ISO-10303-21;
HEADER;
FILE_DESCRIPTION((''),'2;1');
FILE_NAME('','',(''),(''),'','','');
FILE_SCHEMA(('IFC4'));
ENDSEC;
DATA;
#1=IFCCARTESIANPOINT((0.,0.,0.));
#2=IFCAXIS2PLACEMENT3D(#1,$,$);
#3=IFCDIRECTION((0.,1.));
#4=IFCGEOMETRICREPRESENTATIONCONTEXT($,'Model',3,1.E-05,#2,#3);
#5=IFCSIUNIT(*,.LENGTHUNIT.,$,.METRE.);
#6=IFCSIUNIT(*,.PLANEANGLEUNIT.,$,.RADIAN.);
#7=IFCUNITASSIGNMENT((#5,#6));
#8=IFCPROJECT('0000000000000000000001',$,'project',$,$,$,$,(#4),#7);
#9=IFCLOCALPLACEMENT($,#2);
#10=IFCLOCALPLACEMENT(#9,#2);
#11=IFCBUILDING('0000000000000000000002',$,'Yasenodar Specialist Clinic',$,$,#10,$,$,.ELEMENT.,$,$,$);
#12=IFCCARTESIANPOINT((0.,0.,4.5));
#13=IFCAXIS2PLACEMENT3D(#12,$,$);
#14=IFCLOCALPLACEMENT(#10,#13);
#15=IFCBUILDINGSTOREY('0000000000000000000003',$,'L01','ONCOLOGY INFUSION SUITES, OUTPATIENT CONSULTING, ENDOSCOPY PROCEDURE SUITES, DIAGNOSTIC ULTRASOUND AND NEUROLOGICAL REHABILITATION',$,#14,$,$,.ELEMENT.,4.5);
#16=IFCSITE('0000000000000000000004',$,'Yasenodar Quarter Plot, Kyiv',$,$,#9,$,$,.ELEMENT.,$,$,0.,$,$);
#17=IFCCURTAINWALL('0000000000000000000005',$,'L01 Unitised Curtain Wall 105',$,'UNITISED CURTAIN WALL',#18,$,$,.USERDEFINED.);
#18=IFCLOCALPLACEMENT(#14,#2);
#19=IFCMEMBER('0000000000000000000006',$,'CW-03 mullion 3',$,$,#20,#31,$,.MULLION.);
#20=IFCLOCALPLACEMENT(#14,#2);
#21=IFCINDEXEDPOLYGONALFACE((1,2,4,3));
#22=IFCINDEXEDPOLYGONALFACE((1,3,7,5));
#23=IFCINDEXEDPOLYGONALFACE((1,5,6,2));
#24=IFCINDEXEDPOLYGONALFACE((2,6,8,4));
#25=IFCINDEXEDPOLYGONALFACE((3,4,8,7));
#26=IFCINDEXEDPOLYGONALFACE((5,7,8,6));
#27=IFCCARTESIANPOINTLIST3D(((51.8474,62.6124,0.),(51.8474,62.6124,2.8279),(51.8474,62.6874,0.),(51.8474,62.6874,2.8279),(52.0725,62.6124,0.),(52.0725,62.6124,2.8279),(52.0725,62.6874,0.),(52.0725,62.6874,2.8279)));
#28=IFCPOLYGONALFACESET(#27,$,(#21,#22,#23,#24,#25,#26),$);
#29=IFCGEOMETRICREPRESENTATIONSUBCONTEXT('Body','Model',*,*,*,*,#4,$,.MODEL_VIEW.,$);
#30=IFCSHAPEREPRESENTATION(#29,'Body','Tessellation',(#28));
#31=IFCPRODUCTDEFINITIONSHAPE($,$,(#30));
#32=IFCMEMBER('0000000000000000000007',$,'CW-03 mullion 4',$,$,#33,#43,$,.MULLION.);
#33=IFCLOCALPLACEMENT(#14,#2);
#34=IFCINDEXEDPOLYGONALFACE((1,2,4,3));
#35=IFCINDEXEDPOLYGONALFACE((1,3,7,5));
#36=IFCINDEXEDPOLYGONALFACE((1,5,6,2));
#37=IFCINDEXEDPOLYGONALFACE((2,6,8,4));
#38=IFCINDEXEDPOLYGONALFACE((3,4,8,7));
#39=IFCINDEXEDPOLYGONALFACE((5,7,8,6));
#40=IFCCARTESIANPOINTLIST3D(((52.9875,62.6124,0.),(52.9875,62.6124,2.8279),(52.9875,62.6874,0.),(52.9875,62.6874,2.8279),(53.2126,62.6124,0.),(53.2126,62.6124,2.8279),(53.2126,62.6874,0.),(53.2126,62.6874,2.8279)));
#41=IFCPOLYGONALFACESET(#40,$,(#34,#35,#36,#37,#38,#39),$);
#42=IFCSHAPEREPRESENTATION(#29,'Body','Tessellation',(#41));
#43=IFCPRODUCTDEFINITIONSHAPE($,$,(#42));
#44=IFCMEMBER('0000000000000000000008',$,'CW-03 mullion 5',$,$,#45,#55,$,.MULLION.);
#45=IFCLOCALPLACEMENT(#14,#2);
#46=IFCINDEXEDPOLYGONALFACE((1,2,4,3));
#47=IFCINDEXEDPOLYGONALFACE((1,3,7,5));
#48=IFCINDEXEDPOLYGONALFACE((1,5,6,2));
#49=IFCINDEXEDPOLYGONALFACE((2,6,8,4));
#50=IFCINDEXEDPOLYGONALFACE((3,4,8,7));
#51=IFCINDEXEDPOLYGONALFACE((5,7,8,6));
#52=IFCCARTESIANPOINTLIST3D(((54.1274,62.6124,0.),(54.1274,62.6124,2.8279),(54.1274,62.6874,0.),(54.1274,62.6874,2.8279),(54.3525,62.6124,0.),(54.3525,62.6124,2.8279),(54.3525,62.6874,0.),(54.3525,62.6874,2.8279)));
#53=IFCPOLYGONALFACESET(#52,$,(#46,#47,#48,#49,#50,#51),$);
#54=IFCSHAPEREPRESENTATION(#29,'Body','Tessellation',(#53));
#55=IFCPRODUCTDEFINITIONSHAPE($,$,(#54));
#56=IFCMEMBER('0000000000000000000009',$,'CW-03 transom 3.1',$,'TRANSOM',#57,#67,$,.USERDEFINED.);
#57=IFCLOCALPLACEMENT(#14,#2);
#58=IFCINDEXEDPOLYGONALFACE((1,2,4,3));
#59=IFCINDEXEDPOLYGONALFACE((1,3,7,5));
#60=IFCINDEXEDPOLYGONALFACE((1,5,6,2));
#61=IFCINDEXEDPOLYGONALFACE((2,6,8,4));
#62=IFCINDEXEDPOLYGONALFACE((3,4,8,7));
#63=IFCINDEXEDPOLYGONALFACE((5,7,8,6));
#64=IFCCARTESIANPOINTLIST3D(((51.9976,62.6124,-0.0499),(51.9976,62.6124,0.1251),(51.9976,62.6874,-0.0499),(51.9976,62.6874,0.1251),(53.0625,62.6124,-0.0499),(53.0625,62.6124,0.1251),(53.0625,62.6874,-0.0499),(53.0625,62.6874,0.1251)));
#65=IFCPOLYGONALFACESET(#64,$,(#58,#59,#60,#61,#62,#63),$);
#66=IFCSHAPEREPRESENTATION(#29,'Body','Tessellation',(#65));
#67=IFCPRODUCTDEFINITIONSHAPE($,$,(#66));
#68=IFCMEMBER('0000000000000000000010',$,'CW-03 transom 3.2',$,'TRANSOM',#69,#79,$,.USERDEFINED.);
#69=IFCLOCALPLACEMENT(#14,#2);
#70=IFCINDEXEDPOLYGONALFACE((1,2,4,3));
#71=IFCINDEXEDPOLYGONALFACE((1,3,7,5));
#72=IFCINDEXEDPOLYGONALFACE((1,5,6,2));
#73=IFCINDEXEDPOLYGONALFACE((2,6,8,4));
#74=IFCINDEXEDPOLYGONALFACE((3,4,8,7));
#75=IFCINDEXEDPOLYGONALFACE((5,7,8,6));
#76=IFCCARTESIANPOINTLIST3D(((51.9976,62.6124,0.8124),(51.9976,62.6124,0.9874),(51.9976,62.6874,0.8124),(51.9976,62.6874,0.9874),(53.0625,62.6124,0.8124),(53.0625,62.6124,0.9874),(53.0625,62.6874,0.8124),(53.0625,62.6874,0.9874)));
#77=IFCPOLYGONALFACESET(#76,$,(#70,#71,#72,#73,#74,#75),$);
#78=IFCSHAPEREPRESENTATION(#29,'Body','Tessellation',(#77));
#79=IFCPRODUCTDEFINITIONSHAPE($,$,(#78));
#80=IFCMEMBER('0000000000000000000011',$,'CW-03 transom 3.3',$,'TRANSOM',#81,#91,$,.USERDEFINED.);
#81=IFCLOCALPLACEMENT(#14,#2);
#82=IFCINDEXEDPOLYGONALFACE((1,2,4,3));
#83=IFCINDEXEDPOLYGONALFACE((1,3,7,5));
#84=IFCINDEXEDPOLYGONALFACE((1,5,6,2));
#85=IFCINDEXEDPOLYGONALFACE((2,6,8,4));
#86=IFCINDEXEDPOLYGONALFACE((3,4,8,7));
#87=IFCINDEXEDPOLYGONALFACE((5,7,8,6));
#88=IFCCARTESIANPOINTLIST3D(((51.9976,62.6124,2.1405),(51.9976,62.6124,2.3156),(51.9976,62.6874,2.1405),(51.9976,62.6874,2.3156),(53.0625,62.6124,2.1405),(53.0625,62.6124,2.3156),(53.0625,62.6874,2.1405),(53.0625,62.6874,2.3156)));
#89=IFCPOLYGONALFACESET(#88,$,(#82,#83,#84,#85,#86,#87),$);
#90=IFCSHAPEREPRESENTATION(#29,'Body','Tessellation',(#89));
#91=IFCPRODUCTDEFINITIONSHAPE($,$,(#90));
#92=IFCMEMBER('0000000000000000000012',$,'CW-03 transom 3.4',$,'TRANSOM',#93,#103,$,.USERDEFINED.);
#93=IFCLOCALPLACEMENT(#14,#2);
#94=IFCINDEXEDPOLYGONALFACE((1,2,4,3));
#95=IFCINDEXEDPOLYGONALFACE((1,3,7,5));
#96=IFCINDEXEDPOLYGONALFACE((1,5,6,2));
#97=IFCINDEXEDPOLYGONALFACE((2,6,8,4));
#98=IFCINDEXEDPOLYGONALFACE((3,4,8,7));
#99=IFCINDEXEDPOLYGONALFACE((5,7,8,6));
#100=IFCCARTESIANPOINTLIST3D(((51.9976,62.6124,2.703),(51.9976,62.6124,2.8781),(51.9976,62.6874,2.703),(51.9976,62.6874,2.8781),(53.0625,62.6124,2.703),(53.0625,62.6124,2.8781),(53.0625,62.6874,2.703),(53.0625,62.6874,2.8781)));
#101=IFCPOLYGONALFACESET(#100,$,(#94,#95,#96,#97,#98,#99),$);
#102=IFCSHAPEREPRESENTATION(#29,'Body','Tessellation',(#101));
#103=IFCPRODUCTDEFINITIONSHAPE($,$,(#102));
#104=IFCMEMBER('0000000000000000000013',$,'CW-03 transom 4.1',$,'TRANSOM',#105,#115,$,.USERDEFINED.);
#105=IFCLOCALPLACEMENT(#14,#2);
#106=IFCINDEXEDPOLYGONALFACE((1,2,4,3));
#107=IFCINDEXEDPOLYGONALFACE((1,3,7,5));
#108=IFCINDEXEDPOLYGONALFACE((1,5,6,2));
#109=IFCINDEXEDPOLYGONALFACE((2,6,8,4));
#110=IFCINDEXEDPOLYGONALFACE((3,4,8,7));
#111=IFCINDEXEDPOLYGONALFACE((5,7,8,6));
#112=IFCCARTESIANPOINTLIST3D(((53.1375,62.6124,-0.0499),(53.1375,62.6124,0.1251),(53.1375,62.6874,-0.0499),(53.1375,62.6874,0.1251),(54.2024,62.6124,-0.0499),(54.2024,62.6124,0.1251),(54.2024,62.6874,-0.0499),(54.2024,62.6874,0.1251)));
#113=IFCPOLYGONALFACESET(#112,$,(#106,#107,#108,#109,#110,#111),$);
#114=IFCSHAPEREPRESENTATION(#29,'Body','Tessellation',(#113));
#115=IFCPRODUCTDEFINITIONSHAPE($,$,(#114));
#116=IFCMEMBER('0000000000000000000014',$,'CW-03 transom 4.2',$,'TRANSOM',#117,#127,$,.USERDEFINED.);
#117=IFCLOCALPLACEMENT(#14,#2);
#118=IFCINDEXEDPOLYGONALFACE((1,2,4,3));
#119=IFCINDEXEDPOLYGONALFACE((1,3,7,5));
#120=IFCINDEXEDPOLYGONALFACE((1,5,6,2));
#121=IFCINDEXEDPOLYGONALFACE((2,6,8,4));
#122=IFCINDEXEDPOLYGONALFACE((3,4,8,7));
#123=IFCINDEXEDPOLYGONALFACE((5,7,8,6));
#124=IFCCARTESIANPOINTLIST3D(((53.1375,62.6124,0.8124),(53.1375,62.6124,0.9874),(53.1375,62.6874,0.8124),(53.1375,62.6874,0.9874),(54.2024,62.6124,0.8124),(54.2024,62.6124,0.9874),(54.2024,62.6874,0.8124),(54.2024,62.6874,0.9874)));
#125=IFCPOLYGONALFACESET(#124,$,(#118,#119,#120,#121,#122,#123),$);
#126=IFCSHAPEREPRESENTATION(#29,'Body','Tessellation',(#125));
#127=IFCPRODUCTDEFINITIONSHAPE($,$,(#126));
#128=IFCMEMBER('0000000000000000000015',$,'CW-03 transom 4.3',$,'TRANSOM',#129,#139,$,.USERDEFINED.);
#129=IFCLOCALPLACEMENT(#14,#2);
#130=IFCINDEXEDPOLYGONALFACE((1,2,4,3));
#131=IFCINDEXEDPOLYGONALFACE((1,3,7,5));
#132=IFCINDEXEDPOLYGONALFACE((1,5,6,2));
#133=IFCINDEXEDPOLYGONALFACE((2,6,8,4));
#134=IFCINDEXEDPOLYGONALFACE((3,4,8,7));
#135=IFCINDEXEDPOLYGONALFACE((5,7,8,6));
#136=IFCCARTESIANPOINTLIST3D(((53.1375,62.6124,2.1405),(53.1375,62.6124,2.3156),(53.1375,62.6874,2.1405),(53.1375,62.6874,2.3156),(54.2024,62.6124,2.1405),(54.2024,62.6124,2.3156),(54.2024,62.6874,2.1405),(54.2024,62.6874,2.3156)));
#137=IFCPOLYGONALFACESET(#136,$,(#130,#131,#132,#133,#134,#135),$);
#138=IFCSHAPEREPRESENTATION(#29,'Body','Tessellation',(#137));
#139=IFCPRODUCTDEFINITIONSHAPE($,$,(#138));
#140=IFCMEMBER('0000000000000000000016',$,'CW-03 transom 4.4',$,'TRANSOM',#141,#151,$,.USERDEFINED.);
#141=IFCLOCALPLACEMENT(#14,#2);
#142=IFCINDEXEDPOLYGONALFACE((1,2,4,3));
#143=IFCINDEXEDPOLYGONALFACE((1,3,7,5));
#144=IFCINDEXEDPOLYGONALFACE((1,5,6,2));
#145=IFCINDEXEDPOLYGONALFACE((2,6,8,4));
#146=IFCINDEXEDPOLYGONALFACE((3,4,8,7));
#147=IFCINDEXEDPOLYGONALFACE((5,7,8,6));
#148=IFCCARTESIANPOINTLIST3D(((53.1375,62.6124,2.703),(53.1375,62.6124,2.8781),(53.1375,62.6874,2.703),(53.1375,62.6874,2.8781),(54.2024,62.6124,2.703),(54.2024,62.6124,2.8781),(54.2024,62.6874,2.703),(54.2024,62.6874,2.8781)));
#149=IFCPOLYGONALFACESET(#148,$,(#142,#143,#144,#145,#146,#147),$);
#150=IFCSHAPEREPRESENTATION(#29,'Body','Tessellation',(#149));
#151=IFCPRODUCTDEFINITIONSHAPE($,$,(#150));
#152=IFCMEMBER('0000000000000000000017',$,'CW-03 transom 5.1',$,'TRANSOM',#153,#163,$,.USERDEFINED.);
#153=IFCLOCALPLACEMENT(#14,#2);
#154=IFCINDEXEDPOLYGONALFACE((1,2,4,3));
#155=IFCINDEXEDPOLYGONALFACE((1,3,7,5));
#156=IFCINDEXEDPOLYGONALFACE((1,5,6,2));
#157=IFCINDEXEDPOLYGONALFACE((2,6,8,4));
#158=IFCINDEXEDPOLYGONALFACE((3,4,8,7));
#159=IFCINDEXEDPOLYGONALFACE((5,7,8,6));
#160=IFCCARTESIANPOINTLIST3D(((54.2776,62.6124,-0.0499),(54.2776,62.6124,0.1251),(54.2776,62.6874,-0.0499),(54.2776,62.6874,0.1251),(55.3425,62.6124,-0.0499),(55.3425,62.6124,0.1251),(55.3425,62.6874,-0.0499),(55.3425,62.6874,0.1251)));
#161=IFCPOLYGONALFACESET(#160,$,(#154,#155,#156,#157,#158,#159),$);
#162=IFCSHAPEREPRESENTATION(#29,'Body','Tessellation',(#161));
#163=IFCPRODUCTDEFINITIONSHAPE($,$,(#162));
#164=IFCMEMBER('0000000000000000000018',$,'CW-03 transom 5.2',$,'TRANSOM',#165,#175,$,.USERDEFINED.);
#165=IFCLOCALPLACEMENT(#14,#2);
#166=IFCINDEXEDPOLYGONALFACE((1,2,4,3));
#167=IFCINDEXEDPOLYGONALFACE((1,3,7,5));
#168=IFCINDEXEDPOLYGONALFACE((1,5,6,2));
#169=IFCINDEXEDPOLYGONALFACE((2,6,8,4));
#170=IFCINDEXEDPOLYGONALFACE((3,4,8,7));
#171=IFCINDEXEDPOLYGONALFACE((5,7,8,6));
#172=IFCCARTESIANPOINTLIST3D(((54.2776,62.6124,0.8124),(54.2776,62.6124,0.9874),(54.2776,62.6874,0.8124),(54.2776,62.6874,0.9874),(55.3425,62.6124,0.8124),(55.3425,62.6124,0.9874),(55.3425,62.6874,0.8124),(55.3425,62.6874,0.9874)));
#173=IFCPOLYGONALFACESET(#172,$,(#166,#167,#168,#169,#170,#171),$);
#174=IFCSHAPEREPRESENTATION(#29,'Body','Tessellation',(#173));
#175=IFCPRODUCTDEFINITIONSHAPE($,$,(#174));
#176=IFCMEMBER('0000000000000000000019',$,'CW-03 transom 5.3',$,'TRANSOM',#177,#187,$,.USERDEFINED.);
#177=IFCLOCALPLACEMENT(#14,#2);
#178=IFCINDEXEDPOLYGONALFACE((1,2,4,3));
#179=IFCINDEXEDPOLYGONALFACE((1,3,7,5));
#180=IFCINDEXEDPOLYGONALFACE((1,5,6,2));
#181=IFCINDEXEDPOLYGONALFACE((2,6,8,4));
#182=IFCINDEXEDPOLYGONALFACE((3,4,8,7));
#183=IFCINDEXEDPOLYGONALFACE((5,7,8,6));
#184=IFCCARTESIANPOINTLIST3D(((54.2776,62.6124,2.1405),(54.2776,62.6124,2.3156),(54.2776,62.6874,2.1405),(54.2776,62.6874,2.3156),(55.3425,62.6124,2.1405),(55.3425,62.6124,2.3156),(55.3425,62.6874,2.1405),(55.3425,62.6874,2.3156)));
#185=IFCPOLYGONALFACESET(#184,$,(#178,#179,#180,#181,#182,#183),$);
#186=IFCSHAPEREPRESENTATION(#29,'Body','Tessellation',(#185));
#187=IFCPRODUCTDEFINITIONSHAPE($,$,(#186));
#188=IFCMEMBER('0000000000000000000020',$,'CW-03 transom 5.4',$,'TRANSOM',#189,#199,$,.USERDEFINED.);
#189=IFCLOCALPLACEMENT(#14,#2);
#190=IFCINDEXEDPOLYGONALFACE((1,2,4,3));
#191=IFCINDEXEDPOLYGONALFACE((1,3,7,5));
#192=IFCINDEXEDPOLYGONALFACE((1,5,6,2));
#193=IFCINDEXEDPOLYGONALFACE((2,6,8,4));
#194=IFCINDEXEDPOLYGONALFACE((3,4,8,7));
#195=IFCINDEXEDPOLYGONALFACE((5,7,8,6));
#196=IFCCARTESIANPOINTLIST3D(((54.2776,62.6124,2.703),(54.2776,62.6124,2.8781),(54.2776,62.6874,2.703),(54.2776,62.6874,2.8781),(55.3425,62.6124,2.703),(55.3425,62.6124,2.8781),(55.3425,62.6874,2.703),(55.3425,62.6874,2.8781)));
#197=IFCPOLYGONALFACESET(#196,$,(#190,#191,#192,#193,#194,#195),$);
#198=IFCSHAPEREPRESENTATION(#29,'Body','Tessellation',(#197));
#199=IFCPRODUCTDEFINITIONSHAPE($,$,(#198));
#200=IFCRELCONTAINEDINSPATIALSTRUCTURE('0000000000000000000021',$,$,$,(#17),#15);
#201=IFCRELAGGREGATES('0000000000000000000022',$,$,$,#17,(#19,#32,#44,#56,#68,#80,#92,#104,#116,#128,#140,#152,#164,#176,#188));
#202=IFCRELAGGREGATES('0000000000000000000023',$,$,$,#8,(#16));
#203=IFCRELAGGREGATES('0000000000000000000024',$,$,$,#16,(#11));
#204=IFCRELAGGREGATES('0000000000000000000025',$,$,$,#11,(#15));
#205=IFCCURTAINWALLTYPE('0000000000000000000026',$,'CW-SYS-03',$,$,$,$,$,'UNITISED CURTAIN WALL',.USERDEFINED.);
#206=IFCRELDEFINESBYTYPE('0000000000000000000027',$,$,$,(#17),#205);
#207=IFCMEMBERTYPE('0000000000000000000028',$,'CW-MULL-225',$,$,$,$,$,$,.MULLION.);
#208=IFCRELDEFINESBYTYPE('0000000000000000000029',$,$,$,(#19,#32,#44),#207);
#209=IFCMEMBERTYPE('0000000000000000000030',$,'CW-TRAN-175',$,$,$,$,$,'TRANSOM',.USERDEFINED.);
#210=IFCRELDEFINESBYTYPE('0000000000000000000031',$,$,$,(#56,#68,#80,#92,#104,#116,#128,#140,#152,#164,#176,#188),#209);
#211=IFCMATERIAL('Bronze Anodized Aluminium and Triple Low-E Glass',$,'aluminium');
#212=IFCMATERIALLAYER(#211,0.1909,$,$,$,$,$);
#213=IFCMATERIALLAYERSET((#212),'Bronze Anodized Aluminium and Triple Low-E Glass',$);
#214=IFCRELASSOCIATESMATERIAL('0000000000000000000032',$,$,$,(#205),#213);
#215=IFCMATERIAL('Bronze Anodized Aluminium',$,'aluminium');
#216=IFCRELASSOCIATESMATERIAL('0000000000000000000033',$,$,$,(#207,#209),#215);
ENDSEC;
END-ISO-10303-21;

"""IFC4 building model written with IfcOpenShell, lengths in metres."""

from ifc_helpers import new_model, si_unit, direction, frame, origin, origin_2d, place, context, subcontext, project, spatial, rectangle, extrude, material, layer, layer_set, material_profile, profile_set, type_object, element, aggregate, save


model = new_model("IFC4")

# Units and contexts
model_context = context("Model", 3, precision=1e-05, world=origin(), true_north=direction((0.0, 1.0)))
body_context = subcontext(model_context, "Body", "Model", "MODEL_VIEW")
ifc_project = project(units=[si_unit("LENGTHUNIT", "METRE"), si_unit("PLANEANGLEUNIT", "RADIAN")], contexts=[model_context])

# Site, building, storey
site_placement = place(None, origin())
site = spatial("IfcSite", under=ifc_project, at=site_placement, Name="Yasenodar Quarter Plot, Kyiv", CompositionType="ELEMENT", RefElevation=0.0)
building_placement = place(site_placement, origin())
building = spatial("IfcBuilding", under=site, at=building_placement, Name="Yasenodar Specialist Clinic", CompositionType="ELEMENT")
storey_placement = place(building_placement, frame((0.0, 0.0, 4.5)))
storey = spatial("IfcBuildingStorey", under=building, at=storey_placement, Name="L01", Description="ONCOLOGY INFUSION SUITES, OUTPATIENT CONSULTING, ENDOSCOPY PROCEDURE SUITES, DIAGNOSTIC ULTRASOUND AND NEUROLOGICAL REHABILITATION", CompositionType="ELEMENT", Elevation=4.5)

# Curtain wall, members
ifc_material_1 = material(Name="Bronze Anodized Aluminium and Triple Low-E Glass", Category="aluminium")
ifc_layer_1 = layer(ifc_material_1, 0.1909)
ifc_layer_set_1 = layer_set([ifc_layer_1], Name="Bronze Anodized Aluminium and Triple Low-E Glass")
curtain_wall_type = type_object("IfcCurtainWallType", Name="CW-SYS-03", ElementType="UNITISED CURTAIN WALL", PredefinedType="USERDEFINED", material=ifc_layer_set_1)
curtain_wall_placement = place(storey_placement, origin())
curtain_wall = element("IfcCurtainWall", 1, at=curtain_wall_placement, inside=storey, type_object=curtain_wall_type, Name="L01 Unitised Curtain Wall 105", ObjectType="UNITISED CURTAIN WALL", PredefinedType="USERDEFINED")
ifc_material_2 = material(Name="Bronze Anodized Aluminium", Category="aluminium")
ifc_material_profile_1 = material_profile(ifc_material_2, rectangle(XDim=0.075, YDim=0.2251, at=origin_2d()), Name="CW-MULL 75x225")
ifc_profile_set_1 = profile_set([ifc_material_profile_1], Name="Bronze Anodized Aluminium")
member_type_1 = type_object("IfcMemberType", Name="CW-MULL-225", PredefinedType="MULLION", material=ifc_profile_set_1)
member_1_placement = place(storey_placement, frame((51.96, 62.6499, 0.0), z_axis=(0.0, 0.0, 1.0), x_axis=(0.0, 1.0, 0.0)))
member_1 = element("IfcMember", 2, at=member_1_placement, type_object=member_type_1, Name="CW-03 mullion 3", PredefinedType="MULLION", context=body_context, shape_type="SweptSolid", body=[
    extrude(rectangle(XDim=0.075, YDim=0.2251, at=origin_2d()), origin(), (0.0, 0.0, 1.0), 2.8279),
])
member_2_placement = place(storey_placement, frame((53.1001, 62.6499, 0.0), z_axis=(0.0, 0.0, 1.0), x_axis=(0.0, 1.0, 0.0)))
member_2 = element("IfcMember", 3, at=member_2_placement, type_object=member_type_1, Name="CW-03 mullion 4", PredefinedType="MULLION", context=body_context, shape_type="SweptSolid", body=[
    extrude(rectangle(XDim=0.075, YDim=0.2251, at=origin_2d()), origin(), (0.0, 0.0, 1.0), 2.8279),
])
member_3_placement = place(storey_placement, frame((54.24, 62.6499, 0.0), z_axis=(0.0, 0.0, 1.0), x_axis=(0.0, 1.0, 0.0)))
member_3 = element("IfcMember", 4, at=member_3_placement, type_object=member_type_1, Name="CW-03 mullion 5", PredefinedType="MULLION", context=body_context, shape_type="SweptSolid", body=[
    extrude(rectangle(XDim=0.075, YDim=0.2251, at=origin_2d()), origin(), (0.0, 0.0, 1.0), 2.8279),
])
ifc_material_profile_2 = material_profile(ifc_material_2, rectangle(XDim=0.075, YDim=0.175, at=origin_2d()), Name="CW-TRAN 75x175")
ifc_profile_set_2 = profile_set([ifc_material_profile_2], Name="Bronze Anodized Aluminium")
member_type_2 = type_object("IfcMemberType", Name="CW-TRAN-175", ElementType="TRANSOM", PredefinedType="USERDEFINED", material=ifc_profile_set_2)
member_4_placement = place(storey_placement, frame((51.9976, 62.6499, 0.0376), z_axis=(1.0, 0.0, 0.0), x_axis=(0.0, 1.0, 0.0)))
member_4 = element("IfcMember", 5, at=member_4_placement, type_object=member_type_2, Name="CW-03 transom 3.1", ObjectType="TRANSOM", PredefinedType="USERDEFINED", context=body_context, shape_type="SweptSolid", body=[
    extrude(rectangle(XDim=0.075, YDim=0.175, at=origin_2d()), origin(), (0.0, 0.0, 1.0), 1.0649),
])
member_5_placement = place(storey_placement, frame((51.9976, 62.6499, 0.8999), z_axis=(1.0, 0.0, 0.0), x_axis=(0.0, 1.0, 0.0)))
member_5 = element("IfcMember", 6, at=member_5_placement, type_object=member_type_2, Name="CW-03 transom 3.2", ObjectType="TRANSOM", PredefinedType="USERDEFINED", context=body_context, shape_type="SweptSolid", body=[
    extrude(rectangle(XDim=0.075, YDim=0.175, at=origin_2d()), origin(), (0.0, 0.0, 1.0), 1.0649),
])
member_6_placement = place(storey_placement, frame((51.9976, 62.6499, 2.228), z_axis=(1.0, 0.0, 0.0), x_axis=(0.0, 1.0, 0.0)))
member_6 = element("IfcMember", 7, at=member_6_placement, type_object=member_type_2, Name="CW-03 transom 3.3", ObjectType="TRANSOM", PredefinedType="USERDEFINED", context=body_context, shape_type="SweptSolid", body=[
    extrude(rectangle(XDim=0.075, YDim=0.175, at=origin_2d()), origin(), (0.0, 0.0, 1.0), 1.0649),
])
member_7_placement = place(storey_placement, frame((51.9976, 62.6499, 2.7905), z_axis=(1.0, 0.0, 0.0), x_axis=(0.0, 1.0, 0.0)))
member_7 = element("IfcMember", 8, at=member_7_placement, type_object=member_type_2, Name="CW-03 transom 3.4", ObjectType="TRANSOM", PredefinedType="USERDEFINED", context=body_context, shape_type="SweptSolid", body=[
    extrude(rectangle(XDim=0.075, YDim=0.175, at=origin_2d()), origin(), (0.0, 0.0, 1.0), 1.0649),
])
member_8_placement = place(storey_placement, frame((53.1375, 62.6499, 0.0376), z_axis=(1.0, 0.0, 0.0), x_axis=(0.0, 1.0, 0.0)))
member_8 = element("IfcMember", 9, at=member_8_placement, type_object=member_type_2, Name="CW-03 transom 4.1", ObjectType="TRANSOM", PredefinedType="USERDEFINED", context=body_context, shape_type="SweptSolid", body=[
    extrude(rectangle(XDim=0.075, YDim=0.175, at=origin_2d()), origin(), (0.0, 0.0, 1.0), 1.0649),
])
member_9_placement = place(storey_placement, frame((53.1375, 62.6499, 0.8999), z_axis=(1.0, 0.0, 0.0), x_axis=(0.0, 1.0, 0.0)))
member_9 = element("IfcMember", 10, at=member_9_placement, type_object=member_type_2, Name="CW-03 transom 4.2", ObjectType="TRANSOM", PredefinedType="USERDEFINED", context=body_context, shape_type="SweptSolid", body=[
    extrude(rectangle(XDim=0.075, YDim=0.175, at=origin_2d()), origin(), (0.0, 0.0, 1.0), 1.0649),
])
member_10_placement = place(storey_placement, frame((53.1375, 62.6499, 2.228), z_axis=(1.0, 0.0, 0.0), x_axis=(0.0, 1.0, 0.0)))
member_10 = element("IfcMember", 11, at=member_10_placement, type_object=member_type_2, Name="CW-03 transom 4.3", ObjectType="TRANSOM", PredefinedType="USERDEFINED", context=body_context, shape_type="SweptSolid", body=[
    extrude(rectangle(XDim=0.075, YDim=0.175, at=origin_2d()), origin(), (0.0, 0.0, 1.0), 1.0649),
])
member_11_placement = place(storey_placement, frame((53.1375, 62.6499, 2.7905), z_axis=(1.0, 0.0, 0.0), x_axis=(0.0, 1.0, 0.0)))
member_11 = element("IfcMember", 12, at=member_11_placement, type_object=member_type_2, Name="CW-03 transom 4.4", ObjectType="TRANSOM", PredefinedType="USERDEFINED", context=body_context, shape_type="SweptSolid", body=[
    extrude(rectangle(XDim=0.075, YDim=0.175, at=origin_2d()), origin(), (0.0, 0.0, 1.0), 1.0649),
])
member_12_placement = place(storey_placement, frame((54.2776, 62.6499, 0.0376), z_axis=(1.0, 0.0, 0.0), x_axis=(0.0, 1.0, 0.0)))
member_12 = element("IfcMember", 13, at=member_12_placement, type_object=member_type_2, Name="CW-03 transom 5.1", ObjectType="TRANSOM", PredefinedType="USERDEFINED", context=body_context, shape_type="SweptSolid", body=[
    extrude(rectangle(XDim=0.075, YDim=0.175, at=origin_2d()), origin(), (0.0, 0.0, 1.0), 1.0649),
])
member_13_placement = place(storey_placement, frame((54.2776, 62.6499, 0.8999), z_axis=(1.0, 0.0, 0.0), x_axis=(0.0, 1.0, 0.0)))
member_13 = element("IfcMember", 14, at=member_13_placement, type_object=member_type_2, Name="CW-03 transom 5.2", ObjectType="TRANSOM", PredefinedType="USERDEFINED", context=body_context, shape_type="SweptSolid", body=[
    extrude(rectangle(XDim=0.075, YDim=0.175, at=origin_2d()), origin(), (0.0, 0.0, 1.0), 1.0649),
])
member_14_placement = place(storey_placement, frame((54.2776, 62.6499, 2.228), z_axis=(1.0, 0.0, 0.0), x_axis=(0.0, 1.0, 0.0)))
member_14 = element("IfcMember", 15, at=member_14_placement, type_object=member_type_2, Name="CW-03 transom 5.3", ObjectType="TRANSOM", PredefinedType="USERDEFINED", context=body_context, shape_type="SweptSolid", body=[
    extrude(rectangle(XDim=0.075, YDim=0.175, at=origin_2d()), origin(), (0.0, 0.0, 1.0), 1.0649),
])
member_15_placement = place(storey_placement, frame((54.2776, 62.6499, 2.7905), z_axis=(1.0, 0.0, 0.0), x_axis=(0.0, 1.0, 0.0)))
member_15 = element("IfcMember", 16, at=member_15_placement, type_object=member_type_2, Name="CW-03 transom 5.4", ObjectType="TRANSOM", PredefinedType="USERDEFINED", context=body_context, shape_type="SweptSolid", body=[
    extrude(rectangle(XDim=0.075, YDim=0.175, at=origin_2d()), origin(), (0.0, 0.0, 1.0), 1.0649),
])
aggregate(curtain_wall, [member_1, member_2, member_3, member_4, member_5, member_6, member_7, member_8, member_9, member_10, member_11, member_12, member_13, member_14, member_15])

save(model, "model.ifc")
